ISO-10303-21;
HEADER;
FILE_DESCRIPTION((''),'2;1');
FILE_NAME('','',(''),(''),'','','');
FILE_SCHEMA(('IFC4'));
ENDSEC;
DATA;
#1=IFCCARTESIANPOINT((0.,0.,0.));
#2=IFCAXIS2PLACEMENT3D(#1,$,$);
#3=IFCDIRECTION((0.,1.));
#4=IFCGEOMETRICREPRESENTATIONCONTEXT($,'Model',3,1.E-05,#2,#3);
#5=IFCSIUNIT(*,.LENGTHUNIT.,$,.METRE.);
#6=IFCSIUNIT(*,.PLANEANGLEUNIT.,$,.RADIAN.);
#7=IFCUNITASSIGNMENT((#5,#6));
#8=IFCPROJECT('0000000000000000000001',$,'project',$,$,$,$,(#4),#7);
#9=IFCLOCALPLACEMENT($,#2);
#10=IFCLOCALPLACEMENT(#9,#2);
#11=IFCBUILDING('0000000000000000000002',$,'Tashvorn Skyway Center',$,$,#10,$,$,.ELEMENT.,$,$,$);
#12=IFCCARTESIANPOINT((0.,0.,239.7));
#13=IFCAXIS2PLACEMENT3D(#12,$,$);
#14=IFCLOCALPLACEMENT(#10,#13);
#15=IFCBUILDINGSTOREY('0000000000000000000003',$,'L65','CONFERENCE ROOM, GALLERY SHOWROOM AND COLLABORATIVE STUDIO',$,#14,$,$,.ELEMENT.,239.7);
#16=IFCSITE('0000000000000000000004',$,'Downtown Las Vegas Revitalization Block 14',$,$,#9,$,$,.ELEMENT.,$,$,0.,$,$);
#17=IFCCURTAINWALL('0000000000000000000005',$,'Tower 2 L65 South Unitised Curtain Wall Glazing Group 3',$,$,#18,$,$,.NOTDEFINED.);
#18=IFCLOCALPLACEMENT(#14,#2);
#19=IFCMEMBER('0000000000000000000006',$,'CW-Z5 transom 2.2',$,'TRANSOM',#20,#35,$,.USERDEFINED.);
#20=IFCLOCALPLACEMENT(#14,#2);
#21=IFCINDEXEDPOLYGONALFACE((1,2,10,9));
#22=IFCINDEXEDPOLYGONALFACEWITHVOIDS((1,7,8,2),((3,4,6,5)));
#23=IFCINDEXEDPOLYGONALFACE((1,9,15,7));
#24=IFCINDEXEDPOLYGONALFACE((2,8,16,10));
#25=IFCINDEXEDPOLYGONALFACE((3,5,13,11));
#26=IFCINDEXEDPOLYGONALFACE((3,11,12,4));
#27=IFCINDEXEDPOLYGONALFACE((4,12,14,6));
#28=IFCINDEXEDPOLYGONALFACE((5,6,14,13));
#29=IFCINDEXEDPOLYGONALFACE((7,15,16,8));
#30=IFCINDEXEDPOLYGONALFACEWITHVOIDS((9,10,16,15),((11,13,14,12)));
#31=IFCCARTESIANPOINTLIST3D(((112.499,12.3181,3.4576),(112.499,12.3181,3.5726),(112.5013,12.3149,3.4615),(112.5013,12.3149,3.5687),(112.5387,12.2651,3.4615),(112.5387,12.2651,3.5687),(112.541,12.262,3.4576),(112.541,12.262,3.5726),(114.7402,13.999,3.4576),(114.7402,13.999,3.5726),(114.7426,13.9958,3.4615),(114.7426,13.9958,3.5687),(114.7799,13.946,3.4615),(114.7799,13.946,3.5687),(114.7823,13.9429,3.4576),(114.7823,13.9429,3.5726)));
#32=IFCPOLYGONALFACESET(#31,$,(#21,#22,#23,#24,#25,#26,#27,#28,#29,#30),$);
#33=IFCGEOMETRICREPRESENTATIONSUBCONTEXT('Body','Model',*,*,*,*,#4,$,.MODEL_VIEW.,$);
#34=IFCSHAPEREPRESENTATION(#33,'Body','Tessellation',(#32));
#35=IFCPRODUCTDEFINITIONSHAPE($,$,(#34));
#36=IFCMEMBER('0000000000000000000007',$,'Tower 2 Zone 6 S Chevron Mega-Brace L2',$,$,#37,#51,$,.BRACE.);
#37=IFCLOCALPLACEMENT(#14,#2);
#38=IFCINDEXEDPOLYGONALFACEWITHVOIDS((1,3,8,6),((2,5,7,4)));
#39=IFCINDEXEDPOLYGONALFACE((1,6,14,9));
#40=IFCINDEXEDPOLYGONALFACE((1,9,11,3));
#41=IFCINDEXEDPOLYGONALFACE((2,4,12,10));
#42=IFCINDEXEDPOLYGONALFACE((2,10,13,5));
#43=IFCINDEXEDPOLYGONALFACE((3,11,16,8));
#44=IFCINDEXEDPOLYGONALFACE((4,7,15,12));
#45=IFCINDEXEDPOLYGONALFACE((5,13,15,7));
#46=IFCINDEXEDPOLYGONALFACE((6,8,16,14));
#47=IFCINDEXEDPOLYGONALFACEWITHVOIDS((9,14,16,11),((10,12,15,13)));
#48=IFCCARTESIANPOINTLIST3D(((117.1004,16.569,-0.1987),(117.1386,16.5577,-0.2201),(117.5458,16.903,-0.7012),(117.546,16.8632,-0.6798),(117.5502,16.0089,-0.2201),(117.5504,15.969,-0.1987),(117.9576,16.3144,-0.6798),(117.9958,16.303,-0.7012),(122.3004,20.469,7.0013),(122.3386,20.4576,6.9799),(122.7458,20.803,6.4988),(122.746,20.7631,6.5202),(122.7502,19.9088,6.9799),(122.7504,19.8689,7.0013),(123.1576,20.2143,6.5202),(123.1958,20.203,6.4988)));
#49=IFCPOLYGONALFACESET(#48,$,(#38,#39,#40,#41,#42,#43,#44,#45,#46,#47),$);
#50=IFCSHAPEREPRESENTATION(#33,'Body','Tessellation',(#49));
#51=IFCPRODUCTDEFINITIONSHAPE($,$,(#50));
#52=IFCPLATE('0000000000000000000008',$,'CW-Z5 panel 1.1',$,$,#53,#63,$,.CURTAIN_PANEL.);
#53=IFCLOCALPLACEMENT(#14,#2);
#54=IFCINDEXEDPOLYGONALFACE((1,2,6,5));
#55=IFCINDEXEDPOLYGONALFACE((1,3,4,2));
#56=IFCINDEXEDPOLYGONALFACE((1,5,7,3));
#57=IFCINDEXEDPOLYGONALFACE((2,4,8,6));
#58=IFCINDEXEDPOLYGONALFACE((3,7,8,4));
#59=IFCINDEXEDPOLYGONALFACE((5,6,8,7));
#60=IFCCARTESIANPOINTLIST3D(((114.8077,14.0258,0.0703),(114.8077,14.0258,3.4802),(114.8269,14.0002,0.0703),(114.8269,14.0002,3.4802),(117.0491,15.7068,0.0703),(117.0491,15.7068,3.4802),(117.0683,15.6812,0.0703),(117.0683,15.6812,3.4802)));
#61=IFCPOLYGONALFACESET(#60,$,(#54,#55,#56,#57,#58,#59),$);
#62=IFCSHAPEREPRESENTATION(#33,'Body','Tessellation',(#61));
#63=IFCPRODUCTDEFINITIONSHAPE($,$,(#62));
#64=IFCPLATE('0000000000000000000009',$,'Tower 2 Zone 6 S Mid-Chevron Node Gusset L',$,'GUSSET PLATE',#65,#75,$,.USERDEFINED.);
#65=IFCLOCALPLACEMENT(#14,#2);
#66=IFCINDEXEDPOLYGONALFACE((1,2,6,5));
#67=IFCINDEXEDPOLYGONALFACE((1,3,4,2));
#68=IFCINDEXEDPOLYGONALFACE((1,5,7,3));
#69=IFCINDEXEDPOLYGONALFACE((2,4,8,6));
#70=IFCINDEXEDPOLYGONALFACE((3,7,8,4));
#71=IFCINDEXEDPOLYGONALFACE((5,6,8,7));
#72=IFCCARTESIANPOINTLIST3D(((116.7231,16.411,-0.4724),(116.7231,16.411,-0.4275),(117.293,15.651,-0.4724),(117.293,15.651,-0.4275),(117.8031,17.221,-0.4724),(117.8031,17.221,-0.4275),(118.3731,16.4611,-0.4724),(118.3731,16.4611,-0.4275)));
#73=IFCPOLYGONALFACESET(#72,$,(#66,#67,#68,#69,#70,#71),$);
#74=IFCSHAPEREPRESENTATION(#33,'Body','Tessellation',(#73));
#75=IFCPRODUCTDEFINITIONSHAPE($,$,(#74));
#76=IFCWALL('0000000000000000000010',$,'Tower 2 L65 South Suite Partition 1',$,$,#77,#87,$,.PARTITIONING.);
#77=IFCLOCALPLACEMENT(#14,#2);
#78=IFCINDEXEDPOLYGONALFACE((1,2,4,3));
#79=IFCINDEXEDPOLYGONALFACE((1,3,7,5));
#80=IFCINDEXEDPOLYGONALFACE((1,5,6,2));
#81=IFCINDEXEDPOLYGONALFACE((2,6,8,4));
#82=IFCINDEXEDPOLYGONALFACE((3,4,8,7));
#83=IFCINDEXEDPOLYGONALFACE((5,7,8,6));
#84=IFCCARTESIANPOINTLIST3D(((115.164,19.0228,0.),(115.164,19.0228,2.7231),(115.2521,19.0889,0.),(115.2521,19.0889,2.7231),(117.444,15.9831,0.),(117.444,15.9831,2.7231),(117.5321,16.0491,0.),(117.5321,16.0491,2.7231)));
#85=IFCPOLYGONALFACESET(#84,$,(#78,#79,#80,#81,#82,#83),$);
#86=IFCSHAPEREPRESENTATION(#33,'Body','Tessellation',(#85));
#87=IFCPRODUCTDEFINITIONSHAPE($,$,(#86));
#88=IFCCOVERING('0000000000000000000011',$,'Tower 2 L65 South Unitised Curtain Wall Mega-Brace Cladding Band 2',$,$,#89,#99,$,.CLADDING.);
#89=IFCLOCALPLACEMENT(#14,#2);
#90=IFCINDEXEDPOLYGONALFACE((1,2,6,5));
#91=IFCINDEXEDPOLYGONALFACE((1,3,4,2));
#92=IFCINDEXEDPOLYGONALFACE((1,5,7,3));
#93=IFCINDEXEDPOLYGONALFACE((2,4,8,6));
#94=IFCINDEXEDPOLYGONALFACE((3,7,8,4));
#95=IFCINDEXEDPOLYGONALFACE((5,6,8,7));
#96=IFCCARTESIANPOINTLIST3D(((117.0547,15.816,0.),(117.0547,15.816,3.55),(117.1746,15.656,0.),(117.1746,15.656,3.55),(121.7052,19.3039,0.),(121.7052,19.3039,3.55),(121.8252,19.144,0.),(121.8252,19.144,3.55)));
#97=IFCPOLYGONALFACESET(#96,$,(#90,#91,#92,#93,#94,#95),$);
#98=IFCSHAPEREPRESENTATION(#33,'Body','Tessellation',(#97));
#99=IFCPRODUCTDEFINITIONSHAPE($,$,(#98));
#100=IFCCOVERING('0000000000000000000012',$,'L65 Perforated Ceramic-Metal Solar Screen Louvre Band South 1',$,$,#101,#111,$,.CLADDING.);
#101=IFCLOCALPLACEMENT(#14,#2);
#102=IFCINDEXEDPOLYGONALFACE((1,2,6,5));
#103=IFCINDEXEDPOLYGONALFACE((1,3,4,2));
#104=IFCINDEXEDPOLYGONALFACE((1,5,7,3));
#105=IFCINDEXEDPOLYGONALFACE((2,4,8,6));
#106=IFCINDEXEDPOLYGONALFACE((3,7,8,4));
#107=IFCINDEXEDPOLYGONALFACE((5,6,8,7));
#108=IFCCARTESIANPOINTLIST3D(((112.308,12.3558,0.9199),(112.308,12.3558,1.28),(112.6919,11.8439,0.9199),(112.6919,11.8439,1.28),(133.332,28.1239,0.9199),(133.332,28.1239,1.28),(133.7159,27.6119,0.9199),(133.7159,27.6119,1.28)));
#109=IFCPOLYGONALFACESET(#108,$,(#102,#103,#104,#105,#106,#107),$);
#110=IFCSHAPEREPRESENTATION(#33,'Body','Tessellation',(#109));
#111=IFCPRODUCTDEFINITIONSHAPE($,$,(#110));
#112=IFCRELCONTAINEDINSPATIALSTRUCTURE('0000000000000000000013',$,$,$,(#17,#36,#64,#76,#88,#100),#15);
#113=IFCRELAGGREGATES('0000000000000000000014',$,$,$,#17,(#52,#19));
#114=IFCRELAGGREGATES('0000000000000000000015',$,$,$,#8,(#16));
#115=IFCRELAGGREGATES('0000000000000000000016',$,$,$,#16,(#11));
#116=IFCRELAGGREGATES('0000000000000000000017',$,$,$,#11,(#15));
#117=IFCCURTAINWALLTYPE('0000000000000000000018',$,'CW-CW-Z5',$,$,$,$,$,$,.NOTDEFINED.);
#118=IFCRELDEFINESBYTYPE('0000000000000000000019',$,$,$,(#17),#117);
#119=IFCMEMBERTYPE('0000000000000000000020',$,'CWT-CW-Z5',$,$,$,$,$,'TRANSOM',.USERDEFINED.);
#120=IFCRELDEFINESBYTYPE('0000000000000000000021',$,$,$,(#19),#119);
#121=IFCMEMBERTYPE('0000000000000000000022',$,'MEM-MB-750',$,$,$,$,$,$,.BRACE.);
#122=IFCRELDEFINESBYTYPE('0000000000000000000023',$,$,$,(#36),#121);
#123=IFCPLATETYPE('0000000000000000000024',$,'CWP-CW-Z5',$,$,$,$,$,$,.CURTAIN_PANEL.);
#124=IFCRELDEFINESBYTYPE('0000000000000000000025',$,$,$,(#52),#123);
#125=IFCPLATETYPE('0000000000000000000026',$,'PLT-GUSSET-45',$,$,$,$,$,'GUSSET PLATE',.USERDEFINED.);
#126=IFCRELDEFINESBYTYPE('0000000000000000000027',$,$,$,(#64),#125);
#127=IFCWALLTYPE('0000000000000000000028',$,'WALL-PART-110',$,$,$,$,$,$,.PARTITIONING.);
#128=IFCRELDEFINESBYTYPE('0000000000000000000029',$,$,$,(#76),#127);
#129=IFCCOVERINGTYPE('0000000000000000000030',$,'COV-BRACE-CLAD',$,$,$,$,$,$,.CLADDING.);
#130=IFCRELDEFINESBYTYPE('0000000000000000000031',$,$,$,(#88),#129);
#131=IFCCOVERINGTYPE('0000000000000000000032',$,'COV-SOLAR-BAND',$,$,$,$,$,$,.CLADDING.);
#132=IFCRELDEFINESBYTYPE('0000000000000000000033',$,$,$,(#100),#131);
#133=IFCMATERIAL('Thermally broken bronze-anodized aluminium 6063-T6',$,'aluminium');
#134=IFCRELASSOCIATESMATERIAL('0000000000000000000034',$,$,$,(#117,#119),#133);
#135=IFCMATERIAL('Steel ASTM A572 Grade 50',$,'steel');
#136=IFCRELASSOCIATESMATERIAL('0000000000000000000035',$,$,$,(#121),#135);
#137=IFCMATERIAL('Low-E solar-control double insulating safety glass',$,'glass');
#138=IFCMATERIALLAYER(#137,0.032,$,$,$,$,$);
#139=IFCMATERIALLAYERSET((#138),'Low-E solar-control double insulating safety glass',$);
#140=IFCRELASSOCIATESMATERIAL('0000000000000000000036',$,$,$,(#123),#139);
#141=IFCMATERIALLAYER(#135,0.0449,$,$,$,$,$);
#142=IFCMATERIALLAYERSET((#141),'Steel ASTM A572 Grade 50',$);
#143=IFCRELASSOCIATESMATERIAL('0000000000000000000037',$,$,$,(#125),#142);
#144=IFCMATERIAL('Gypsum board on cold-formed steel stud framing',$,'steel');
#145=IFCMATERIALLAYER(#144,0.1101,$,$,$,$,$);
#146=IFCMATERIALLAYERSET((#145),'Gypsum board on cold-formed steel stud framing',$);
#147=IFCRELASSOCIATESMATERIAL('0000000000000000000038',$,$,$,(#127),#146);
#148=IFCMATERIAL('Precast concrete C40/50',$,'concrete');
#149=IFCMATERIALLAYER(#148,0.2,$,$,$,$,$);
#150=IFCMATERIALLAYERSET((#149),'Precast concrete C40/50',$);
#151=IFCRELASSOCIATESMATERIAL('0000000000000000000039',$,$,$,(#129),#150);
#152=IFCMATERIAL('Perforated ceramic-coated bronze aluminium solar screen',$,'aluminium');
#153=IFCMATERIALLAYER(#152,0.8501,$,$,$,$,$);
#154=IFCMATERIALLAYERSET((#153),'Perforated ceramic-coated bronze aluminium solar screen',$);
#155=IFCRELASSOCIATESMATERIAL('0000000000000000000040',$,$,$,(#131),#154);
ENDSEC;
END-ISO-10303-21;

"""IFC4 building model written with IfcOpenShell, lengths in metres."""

from ifc_helpers import new_model, si_unit, direction, frame, frame_2d, origin, origin_2d, place, context, subcontext, project, spatial, rectangle, hollow_rectangle, extrude, material, layer, layer_set, material_profile, profile_set, type_object, element, aggregate, save


model = new_model("IFC4")

# Units and contexts
model_context = context("Model", 3, precision=1e-05, world=origin(), true_north=direction((0.0, 1.0)))
body_context = subcontext(model_context, "Body", "Model", "MODEL_VIEW")
ifc_project = project(units=[si_unit("LENGTHUNIT", "METRE"), si_unit("PLANEANGLEUNIT", "RADIAN")], contexts=[model_context])

# Site, building, storey
site_placement = place(None, origin())
site = spatial("IfcSite", under=ifc_project, at=site_placement, Name="Downtown Las Vegas Revitalization Block 14", CompositionType="ELEMENT", RefElevation=0.0)
building_placement = place(site_placement, origin())
building = spatial("IfcBuilding", under=site, at=building_placement, Name="Tashvorn Skyway Center", CompositionType="ELEMENT")
storey_placement = place(building_placement, frame((0.0, 0.0, 239.7)))
storey = spatial("IfcBuildingStorey", under=building, at=storey_placement, Name="L65", Description="CONFERENCE ROOM, GALLERY SHOWROOM AND COLLABORATIVE STUDIO", CompositionType="ELEMENT", Elevation=239.7)

# Shared definitions
ifc_material_1 = material(Name="Steel ASTM A572 Grade 50", Category="steel")

# Shared definitions
ifc_material_2 = material(Name="Thermally broken bronze-anodized aluminium 6063-T6", Category="aluminium")
curtain_wall_type = type_object("IfcCurtainWallType", Name="CW-CW-Z5", PredefinedType="NOTDEFINED", material=ifc_material_2)

# Curtain wall, member
curtain_wall_1_placement = place(storey_placement, origin())
curtain_wall_1 = element("IfcCurtainWall", 1, at=curtain_wall_1_placement, inside=storey, type_object=curtain_wall_type, Name="Tower 2 L65 South Unitised Curtain Wall Glazing Group 3", PredefinedType="NOTDEFINED")
ifc_material_profile_1 = material_profile(ifc_material_2, hollow_rectangle(XDim=0.0701, YDim=0.115, WallThickness=0.0039, at=origin_2d()), Name="ALU-TRAN-70x115")
ifc_profile_set_1 = profile_set([ifc_material_profile_1], Name="Thermally broken bronze-anodized aluminium 6063-T6")
member_type_1 = type_object("IfcMemberType", Name="CWT-CW-Z5", ElementType="TRANSOM", PredefinedType="USERDEFINED", material=ifc_profile_set_1)
member_1_placement = place(storey_placement, frame((114.7612, 13.9709, 3.5151), z_axis=(-0.8, -0.6, 0.0), x_axis=(0.6, -0.8, 0.0)))
member_1 = element("IfcMember", 2, at=member_1_placement, type_object=member_type_1, Name="CW-Z5 transom 2.2", ObjectType="TRANSOM", PredefinedType="USERDEFINED", context=body_context, shape_type="SweptSolid", body=[
    extrude(hollow_rectangle(XDim=0.0701, YDim=0.115, WallThickness=0.0039, at=origin_2d()), origin(), (0.0, 0.0, 1.0), 2.8015),
])

# Member
ifc_material_profile_2 = material_profile(ifc_material_1, hollow_rectangle(XDim=0.75, YDim=0.75, WallThickness=0.032, at=origin_2d()), Name="BOX750x750x32")
ifc_profile_set_2 = profile_set([ifc_material_profile_2], Name="Steel ASTM A572 Grade 50")
member_type_2 = type_object("IfcMemberType", Name="MEM-MB-750", PredefinedType="BRACE", material=ifc_profile_set_2)
member_2_placement = place(storey_placement, frame((117.5481, 16.436, -0.45), z_axis=(0.536083, 0.402056, 0.742271), x_axis=(-0.599994, 0.800005, 0.0)))
element("IfcMember", 3, at=member_2_placement, inside=storey, type_object=member_type_2, Name="Tower 2 Zone 6 S Chevron Mega-Brace L2", PredefinedType="BRACE", context=body_context, shape_type="SweptSolid", body=[
    extrude(hollow_rectangle(XDim=0.75, YDim=0.75, WallThickness=0.032, at=origin_2d()), origin(), (0.0, 0.0, 1.0), 9.7),
])

# Plates
ifc_material_3 = material(Name="Low-E solar-control double insulating safety glass", Category="glass")
ifc_layer_1 = layer(ifc_material_3, 0.032)
ifc_layer_set_1 = layer_set([ifc_layer_1], Name="Low-E solar-control double insulating safety glass")
plate_type_1 = type_object("IfcPlateType", Name="CWP-CW-Z5", PredefinedType="CURTAIN_PANEL", material=ifc_layer_set_1)
plate_1_placement = place(storey_placement, frame((115.938, 14.8535, 0.0703), z_axis=(0.0, 0.0, 1.0), x_axis=(-0.800002, -0.599997, 0.0)))
plate_1 = element("IfcPlate", 4, at=plate_1_placement, type_object=plate_type_1, Name="CW-Z5 panel 1.1", PredefinedType="CURTAIN_PANEL", context=body_context, shape_type="SweptSolid", body=[
    extrude(rectangle(XDim=2.8018, YDim=0.032, at=origin_2d()), origin(), (0.0, 0.0, 1.0), 3.4099),
])
aggregate(curtain_wall_1, [plate_1, member_1])
ifc_layer_2 = layer(ifc_material_1, 0.0449)
ifc_layer_set_2 = layer_set([ifc_layer_2], Name="Steel ASTM A572 Grade 50")
plate_type_2 = type_object("IfcPlateType", Name="PLT-GUSSET-45", ElementType="GUSSET PLATE", PredefinedType="USERDEFINED", material=ifc_layer_set_2)
plate_2_placement = place(storey_placement, frame((117.5481, 16.436, -0.4724), z_axis=(0.0, 0.0, 1.0), x_axis=(0.8, 0.6, 0.0)))
element("IfcPlate", 5, at=plate_2_placement, inside=storey, type_object=plate_type_2, Name="Tower 2 Zone 6 S Mid-Chevron Node Gusset L", ObjectType="GUSSET PLATE", PredefinedType="USERDEFINED", context=body_context, shape_type="SweptSolid", body=[
    extrude(rectangle(XDim=1.3501, YDim=0.95, at=origin_2d()), origin(), (0.0, 0.0, 1.0), 0.0449),
])

# Wall
ifc_material_4 = material(Name="Gypsum board on cold-formed steel stud framing", Category="steel")
ifc_layer_3 = layer(ifc_material_4, 0.1101)
ifc_layer_set_3 = layer_set([ifc_layer_3], Name="Gypsum board on cold-formed steel stud framing")
wall_type = type_object("IfcWallType", Name="WALL-PART-110", PredefinedType="PARTITIONING", material=ifc_layer_set_3)
wall_placement = place(storey_placement, frame((117.488, 16.0161, 0.0), z_axis=(0.0, 0.0, 1.0), x_axis=(-0.600031, 0.799977, 0.0)))
element("IfcWall", 6, at=wall_placement, inside=storey, type_object=wall_type, Name="Tower 2 L65 South Suite Partition 1", PredefinedType="PARTITIONING", context=body_context, shape_type="SweptSolid", body=[
    extrude(rectangle(XDim=3.7998, YDim=0.1101, at=frame_2d((1.8999, 0.0))), origin(), (0.0, 0.0, 1.0), 2.7231),
])

# Coverings
ifc_material_5 = material(Name="Precast concrete C40/50", Category="concrete")
ifc_layer_4 = layer(ifc_material_5, 0.2)
ifc_layer_set_4 = layer_set([ifc_layer_4], Name="Precast concrete C40/50")
covering_type_1 = type_object("IfcCoveringType", Name="COV-BRACE-CLAD", PredefinedType="CLADDING", material=ifc_layer_set_4)
covering_1_placement = place(storey_placement, frame((119.4399, 17.48, 0.0), z_axis=(0.0, 0.0, 1.0), x_axis=(-0.8, -0.6, 0.0)))
element("IfcCovering", 7, at=covering_1_placement, inside=storey, type_object=covering_type_1, Name="Tower 2 L65 South Unitised Curtain Wall Mega-Brace Cladding Band 2", PredefinedType="CLADDING", context=body_context, shape_type="SweptSolid", body=[
    extrude(rectangle(XDim=5.8132, YDim=0.2, at=origin_2d()), origin(), (0.0, 0.0, 1.0), 3.55),
])
ifc_material_6 = material(Name="Perforated ceramic-coated bronze aluminium solar screen", Category="aluminium")
ifc_layer_5 = layer(ifc_material_6, 0.8501)
ifc_layer_set_5 = layer_set([ifc_layer_5], Name="Perforated ceramic-coated bronze aluminium solar screen")
covering_type_2 = type_object("IfcCoveringType", Name="COV-SOLAR-BAND", PredefinedType="CLADDING", material=ifc_layer_set_5)
covering_2_placement = place(storey_placement, frame((123.012, 19.9839, 0.9199), z_axis=(0.0, 0.0, 1.0), x_axis=(-0.8, -0.6, 0.0)))
element("IfcCovering", 8, at=covering_2_placement, inside=storey, type_object=covering_type_2, Name="L65 Perforated Ceramic-Metal Solar Screen Louvre Band South 1", PredefinedType="CLADDING", context=body_context, shape_type="SweptSolid", body=[
    extrude(rectangle(XDim=26.28, YDim=0.6399, at=origin_2d()), origin(), (0.0, 0.0, 1.0), 0.3601),
])

save(model, "model.ifc")
